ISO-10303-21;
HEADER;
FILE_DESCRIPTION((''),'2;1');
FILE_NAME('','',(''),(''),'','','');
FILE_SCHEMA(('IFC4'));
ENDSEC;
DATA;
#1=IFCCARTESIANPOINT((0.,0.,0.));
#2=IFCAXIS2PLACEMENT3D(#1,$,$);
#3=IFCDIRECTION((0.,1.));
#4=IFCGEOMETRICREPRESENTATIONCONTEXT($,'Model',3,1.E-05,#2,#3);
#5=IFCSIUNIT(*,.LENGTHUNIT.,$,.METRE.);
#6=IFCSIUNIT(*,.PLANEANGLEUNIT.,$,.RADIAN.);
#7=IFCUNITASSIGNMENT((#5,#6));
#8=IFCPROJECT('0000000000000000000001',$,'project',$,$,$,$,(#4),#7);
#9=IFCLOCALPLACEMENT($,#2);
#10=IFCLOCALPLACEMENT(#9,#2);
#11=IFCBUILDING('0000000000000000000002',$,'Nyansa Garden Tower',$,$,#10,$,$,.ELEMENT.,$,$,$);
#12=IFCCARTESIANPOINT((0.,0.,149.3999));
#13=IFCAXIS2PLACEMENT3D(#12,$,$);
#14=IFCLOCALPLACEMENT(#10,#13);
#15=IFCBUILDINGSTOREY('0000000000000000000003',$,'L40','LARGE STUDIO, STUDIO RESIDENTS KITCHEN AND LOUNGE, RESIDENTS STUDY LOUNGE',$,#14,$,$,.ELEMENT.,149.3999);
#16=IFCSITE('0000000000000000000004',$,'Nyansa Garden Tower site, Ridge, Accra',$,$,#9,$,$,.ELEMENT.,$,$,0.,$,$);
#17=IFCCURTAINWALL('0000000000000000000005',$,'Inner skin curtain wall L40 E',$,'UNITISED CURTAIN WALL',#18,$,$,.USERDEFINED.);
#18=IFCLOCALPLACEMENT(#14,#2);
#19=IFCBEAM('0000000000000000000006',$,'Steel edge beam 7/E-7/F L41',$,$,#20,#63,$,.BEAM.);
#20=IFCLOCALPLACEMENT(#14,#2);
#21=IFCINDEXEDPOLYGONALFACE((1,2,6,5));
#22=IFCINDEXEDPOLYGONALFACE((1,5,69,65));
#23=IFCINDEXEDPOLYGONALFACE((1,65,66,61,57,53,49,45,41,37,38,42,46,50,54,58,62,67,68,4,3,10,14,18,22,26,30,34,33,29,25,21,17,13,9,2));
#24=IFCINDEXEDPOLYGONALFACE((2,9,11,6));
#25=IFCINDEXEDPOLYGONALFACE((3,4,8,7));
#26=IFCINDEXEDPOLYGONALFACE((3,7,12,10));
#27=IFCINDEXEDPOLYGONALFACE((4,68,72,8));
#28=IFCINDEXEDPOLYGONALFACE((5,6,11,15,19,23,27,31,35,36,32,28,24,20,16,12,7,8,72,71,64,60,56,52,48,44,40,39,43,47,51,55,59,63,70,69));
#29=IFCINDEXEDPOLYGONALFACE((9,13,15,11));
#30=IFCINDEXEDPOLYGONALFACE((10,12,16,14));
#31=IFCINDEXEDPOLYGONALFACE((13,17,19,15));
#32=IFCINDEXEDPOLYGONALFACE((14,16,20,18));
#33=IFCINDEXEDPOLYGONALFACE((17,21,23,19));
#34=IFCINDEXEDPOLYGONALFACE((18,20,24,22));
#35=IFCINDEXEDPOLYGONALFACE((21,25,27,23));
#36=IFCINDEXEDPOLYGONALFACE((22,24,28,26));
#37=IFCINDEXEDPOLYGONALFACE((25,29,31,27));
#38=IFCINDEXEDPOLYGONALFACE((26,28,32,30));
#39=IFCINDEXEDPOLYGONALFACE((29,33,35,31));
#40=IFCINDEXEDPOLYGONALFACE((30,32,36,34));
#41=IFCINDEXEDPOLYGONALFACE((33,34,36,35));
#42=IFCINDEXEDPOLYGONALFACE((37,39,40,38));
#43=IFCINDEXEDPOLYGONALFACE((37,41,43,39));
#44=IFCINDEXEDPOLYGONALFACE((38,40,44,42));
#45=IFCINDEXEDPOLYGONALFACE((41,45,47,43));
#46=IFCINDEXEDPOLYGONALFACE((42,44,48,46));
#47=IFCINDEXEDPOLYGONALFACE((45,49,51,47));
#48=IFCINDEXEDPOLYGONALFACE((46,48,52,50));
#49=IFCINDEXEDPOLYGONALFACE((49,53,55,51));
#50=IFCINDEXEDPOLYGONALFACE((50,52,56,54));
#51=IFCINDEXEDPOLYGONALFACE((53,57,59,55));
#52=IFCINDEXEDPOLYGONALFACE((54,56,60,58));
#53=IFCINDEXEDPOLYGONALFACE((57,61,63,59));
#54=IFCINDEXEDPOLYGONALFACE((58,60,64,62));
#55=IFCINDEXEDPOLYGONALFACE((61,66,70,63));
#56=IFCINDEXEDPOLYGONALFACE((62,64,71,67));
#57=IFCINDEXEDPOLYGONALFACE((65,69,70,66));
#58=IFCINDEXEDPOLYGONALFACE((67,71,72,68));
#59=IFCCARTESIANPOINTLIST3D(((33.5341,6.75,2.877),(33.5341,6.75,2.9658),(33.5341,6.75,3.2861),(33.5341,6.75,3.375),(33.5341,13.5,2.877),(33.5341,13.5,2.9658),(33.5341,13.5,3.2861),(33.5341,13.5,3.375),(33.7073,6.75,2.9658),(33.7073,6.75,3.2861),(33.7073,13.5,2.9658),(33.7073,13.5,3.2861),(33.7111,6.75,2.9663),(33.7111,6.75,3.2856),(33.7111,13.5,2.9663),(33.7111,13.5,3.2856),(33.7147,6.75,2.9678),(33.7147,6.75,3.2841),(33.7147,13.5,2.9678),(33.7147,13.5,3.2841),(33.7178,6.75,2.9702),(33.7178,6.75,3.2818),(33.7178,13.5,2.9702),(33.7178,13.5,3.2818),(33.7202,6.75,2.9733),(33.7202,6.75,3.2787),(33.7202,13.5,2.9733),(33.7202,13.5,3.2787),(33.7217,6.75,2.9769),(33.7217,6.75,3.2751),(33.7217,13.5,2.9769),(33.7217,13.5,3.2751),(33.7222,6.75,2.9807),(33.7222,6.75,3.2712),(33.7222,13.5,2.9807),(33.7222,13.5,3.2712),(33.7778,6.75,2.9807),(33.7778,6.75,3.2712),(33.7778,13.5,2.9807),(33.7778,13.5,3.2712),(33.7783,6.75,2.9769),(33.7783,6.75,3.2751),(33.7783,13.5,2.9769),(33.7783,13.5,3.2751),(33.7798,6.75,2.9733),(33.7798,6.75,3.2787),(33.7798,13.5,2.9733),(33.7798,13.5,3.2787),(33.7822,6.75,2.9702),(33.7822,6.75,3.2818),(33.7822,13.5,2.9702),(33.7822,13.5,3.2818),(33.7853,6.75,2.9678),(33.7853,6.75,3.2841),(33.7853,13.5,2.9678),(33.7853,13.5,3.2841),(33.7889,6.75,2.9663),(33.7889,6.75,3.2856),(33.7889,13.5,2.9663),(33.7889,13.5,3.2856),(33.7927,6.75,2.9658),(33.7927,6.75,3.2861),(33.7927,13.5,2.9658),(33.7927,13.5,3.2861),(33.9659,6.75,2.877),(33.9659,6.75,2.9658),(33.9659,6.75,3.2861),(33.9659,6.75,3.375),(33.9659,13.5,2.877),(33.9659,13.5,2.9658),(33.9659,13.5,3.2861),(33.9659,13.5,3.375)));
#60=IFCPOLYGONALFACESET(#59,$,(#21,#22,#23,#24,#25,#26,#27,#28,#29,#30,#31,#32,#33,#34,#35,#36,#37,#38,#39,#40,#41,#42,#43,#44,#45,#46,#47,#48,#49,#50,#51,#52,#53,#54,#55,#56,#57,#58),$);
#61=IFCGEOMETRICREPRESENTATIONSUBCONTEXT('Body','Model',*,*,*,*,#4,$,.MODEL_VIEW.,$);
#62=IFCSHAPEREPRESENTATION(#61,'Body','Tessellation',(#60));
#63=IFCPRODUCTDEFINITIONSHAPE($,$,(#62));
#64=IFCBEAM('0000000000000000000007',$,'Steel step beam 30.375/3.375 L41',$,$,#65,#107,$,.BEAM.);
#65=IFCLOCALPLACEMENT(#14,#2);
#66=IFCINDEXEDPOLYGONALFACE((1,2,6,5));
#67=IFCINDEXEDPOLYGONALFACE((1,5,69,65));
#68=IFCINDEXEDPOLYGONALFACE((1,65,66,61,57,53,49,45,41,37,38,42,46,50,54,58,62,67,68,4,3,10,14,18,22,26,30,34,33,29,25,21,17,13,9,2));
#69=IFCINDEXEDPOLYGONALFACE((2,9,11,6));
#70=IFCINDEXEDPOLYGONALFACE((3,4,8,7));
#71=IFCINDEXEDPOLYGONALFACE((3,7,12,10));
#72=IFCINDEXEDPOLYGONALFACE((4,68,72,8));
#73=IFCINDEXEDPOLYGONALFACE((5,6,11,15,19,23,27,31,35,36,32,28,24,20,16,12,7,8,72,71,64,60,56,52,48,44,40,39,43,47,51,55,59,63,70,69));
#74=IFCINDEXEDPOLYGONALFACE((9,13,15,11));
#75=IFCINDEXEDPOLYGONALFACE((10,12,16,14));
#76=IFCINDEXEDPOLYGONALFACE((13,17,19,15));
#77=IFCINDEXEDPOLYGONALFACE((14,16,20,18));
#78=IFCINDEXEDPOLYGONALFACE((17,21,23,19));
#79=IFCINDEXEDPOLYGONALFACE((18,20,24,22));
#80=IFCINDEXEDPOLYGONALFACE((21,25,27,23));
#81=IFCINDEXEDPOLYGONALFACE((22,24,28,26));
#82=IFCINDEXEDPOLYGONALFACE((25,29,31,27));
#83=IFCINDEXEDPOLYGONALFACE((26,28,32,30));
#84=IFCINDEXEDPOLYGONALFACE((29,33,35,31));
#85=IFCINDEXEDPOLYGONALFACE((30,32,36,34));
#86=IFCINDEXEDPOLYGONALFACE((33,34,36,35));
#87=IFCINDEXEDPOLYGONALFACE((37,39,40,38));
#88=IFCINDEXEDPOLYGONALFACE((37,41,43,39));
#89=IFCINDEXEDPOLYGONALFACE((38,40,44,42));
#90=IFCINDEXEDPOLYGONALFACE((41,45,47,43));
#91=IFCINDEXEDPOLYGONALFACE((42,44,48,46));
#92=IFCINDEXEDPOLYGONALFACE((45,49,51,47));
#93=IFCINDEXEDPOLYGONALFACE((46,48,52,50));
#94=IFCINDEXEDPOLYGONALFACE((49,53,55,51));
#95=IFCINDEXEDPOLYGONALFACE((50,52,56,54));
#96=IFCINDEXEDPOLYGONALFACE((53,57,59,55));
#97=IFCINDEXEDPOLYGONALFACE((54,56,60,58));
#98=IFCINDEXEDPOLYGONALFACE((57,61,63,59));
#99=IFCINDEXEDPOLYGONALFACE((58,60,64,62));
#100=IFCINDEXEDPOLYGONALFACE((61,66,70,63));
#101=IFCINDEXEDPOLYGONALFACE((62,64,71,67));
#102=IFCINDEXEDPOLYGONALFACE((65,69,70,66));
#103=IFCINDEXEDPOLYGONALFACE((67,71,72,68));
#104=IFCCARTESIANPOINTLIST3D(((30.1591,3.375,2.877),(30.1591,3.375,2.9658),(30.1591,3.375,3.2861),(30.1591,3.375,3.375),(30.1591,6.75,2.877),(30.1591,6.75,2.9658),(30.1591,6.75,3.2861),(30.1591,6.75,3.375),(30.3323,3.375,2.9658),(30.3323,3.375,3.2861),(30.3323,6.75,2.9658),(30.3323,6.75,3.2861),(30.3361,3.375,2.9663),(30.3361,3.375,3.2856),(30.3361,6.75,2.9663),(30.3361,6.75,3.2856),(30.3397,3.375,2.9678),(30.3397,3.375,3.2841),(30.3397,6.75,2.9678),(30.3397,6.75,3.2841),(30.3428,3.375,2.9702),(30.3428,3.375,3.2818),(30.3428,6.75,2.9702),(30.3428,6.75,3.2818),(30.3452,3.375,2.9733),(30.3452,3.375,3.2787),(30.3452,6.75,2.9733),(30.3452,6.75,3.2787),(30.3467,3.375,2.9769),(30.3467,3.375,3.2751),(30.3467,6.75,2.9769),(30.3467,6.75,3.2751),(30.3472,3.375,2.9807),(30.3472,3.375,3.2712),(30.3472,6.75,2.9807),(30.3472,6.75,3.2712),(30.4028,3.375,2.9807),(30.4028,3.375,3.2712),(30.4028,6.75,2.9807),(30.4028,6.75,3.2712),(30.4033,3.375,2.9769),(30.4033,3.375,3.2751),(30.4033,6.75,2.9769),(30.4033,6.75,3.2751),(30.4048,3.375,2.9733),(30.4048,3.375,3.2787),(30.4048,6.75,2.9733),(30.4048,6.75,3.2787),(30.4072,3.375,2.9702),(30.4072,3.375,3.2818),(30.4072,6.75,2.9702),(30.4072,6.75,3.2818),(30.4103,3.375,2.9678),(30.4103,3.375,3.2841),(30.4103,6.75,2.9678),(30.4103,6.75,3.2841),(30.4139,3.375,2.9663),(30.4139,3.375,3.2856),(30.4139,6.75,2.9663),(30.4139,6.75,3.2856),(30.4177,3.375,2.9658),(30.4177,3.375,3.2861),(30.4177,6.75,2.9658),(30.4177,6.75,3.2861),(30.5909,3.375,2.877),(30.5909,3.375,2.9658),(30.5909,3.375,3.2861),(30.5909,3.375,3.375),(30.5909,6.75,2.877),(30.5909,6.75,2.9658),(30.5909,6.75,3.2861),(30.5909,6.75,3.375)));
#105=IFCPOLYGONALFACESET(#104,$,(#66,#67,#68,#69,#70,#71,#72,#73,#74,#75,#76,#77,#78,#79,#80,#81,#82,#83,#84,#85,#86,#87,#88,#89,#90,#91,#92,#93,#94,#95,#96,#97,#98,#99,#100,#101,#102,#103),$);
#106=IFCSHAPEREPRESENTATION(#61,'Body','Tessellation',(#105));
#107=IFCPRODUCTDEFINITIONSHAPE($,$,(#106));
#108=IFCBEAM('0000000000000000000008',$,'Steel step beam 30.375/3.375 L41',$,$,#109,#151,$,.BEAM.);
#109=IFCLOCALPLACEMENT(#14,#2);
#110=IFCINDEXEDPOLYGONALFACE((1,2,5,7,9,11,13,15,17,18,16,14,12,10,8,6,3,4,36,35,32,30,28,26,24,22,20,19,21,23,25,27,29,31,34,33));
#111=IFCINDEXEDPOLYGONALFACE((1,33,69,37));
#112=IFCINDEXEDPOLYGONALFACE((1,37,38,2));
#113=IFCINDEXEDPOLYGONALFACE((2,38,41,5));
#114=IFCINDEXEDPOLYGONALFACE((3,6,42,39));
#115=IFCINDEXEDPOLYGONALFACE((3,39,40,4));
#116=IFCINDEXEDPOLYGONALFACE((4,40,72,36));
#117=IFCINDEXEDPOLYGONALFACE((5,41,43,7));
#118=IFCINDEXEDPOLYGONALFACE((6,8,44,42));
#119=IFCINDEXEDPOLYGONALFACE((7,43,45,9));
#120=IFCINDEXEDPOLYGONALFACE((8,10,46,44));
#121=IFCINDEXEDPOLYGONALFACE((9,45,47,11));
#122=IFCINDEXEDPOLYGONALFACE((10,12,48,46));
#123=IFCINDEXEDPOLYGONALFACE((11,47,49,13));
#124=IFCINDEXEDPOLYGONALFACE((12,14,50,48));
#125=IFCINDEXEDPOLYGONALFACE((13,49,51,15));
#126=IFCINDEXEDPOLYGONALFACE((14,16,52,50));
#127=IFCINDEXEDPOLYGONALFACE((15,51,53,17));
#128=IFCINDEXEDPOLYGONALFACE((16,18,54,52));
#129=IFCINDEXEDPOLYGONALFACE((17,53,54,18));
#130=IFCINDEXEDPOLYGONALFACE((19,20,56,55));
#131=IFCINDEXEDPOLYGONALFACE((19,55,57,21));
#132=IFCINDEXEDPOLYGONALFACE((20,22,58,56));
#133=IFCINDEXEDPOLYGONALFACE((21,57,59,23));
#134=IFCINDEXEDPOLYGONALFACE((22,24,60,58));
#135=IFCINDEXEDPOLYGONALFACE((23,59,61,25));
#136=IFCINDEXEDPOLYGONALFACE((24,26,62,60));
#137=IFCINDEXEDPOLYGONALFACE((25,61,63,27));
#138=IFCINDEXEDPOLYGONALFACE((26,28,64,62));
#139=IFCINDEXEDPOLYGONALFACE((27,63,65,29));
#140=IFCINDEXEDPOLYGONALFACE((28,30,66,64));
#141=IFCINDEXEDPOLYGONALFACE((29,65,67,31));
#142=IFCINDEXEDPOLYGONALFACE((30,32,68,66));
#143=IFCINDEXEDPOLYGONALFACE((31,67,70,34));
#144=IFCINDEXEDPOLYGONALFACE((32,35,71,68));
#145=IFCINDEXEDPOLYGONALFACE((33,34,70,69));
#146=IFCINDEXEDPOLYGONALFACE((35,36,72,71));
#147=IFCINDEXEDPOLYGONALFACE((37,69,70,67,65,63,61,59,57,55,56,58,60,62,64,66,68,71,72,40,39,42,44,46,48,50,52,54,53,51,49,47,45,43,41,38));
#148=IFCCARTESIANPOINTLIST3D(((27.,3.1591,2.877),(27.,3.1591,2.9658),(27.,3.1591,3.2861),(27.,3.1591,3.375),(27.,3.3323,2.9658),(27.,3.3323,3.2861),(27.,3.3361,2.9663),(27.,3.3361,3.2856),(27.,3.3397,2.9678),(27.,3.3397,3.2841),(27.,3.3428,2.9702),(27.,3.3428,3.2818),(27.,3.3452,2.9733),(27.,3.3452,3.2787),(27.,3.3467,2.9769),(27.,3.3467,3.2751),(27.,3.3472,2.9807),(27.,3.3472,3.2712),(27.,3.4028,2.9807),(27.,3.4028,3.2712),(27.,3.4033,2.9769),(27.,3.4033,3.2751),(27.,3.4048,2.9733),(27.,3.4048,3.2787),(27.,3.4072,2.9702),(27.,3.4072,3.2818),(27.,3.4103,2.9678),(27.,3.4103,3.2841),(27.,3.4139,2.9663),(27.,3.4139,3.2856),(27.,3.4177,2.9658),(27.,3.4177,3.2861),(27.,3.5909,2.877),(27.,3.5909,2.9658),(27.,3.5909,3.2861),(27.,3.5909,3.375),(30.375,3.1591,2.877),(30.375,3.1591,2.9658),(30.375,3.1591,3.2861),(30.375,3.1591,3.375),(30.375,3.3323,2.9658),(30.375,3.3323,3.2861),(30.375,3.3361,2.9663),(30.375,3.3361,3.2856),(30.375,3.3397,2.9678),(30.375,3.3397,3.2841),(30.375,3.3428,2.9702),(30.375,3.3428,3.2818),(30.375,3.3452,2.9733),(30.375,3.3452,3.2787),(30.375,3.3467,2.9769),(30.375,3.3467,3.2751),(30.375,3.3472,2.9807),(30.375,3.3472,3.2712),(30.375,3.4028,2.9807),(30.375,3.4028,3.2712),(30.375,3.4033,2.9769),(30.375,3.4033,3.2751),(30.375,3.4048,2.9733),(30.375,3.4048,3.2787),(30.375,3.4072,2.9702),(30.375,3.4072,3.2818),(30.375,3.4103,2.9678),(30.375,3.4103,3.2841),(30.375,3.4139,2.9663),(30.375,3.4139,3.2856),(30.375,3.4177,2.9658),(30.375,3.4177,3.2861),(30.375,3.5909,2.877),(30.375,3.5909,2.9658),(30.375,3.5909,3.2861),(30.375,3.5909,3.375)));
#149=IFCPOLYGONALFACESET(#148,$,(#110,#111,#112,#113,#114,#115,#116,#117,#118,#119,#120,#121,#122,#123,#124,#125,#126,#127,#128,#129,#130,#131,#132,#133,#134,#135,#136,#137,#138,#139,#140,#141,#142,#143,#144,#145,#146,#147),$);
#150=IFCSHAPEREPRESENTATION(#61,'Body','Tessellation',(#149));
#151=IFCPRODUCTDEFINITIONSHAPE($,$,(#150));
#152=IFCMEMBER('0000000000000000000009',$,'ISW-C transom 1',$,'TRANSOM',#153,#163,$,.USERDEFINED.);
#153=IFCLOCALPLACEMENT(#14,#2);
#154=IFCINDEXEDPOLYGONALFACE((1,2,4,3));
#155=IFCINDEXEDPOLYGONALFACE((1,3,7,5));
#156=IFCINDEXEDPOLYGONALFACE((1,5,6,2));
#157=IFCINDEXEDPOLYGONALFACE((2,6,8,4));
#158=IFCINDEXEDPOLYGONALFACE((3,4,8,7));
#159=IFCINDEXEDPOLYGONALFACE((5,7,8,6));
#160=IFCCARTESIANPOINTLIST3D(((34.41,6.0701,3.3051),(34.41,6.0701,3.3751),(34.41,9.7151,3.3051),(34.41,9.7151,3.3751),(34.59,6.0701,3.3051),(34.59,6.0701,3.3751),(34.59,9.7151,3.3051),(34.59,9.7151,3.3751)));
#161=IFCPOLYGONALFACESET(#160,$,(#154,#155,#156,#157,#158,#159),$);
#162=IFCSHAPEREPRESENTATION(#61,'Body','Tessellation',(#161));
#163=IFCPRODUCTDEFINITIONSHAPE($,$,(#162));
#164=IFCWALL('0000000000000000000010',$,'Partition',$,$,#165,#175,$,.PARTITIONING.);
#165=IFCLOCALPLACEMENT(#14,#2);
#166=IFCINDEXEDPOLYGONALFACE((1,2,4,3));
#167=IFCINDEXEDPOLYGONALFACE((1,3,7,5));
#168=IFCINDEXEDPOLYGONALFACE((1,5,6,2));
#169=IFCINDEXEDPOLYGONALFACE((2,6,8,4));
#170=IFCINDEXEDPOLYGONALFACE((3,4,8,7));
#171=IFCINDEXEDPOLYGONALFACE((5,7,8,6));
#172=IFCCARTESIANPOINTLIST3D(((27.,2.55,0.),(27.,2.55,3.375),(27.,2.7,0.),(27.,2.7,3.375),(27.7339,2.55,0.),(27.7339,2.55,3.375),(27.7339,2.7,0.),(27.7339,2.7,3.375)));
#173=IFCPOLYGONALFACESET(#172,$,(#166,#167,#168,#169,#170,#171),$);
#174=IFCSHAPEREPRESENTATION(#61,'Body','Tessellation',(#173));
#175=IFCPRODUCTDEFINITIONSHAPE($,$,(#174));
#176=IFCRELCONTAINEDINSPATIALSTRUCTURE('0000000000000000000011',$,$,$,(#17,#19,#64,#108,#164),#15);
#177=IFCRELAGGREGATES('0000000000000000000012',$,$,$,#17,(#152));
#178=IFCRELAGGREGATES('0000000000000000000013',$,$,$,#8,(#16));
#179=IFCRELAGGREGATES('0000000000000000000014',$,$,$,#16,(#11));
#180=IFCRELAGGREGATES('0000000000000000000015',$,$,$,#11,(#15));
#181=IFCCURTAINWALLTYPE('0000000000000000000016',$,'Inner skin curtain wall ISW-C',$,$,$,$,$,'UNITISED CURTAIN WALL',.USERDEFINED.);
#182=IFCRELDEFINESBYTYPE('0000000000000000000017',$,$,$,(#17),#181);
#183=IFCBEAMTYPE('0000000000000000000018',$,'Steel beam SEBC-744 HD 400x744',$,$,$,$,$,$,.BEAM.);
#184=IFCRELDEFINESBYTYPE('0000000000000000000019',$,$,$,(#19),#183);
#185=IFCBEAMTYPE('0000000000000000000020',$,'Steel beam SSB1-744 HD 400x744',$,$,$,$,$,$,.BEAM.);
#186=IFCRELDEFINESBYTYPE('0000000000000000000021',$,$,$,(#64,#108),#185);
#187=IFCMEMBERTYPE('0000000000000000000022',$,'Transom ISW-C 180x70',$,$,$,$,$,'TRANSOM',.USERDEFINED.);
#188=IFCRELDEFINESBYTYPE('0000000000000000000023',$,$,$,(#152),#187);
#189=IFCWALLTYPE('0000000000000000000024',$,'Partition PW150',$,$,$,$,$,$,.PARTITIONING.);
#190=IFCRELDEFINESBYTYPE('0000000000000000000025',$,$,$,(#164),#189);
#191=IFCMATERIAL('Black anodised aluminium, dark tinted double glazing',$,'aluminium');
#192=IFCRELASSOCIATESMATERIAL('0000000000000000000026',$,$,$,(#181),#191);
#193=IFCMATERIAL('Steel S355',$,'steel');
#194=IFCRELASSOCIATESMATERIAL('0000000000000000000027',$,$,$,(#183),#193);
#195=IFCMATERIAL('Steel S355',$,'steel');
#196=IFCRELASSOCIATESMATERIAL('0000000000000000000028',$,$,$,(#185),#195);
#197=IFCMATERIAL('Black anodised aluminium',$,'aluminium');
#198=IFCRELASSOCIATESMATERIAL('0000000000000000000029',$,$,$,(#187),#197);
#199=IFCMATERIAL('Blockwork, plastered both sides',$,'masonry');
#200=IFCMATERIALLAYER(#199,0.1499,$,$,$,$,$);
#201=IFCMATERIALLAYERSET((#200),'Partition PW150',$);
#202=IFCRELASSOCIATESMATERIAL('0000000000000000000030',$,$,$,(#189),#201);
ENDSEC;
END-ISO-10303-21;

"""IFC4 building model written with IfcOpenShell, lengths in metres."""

from ifc_helpers import new_model, si_unit, direction, frame, frame_2d, origin, origin_2d, place, context, subcontext, project, spatial, rectangle, i_section, extrude, material, layer, layer_set, material_profile, profile_set, type_object, element, aggregate, save


model = new_model("IFC4")

# Units and contexts
model_context = context("Model", 3, precision=1e-05, world=origin(), true_north=direction((0.0, 1.0)))
body_context = subcontext(model_context, "Body", "Model", "MODEL_VIEW")
ifc_project = project(units=[si_unit("LENGTHUNIT", "METRE"), si_unit("PLANEANGLEUNIT", "RADIAN")], contexts=[model_context])

# Site, building, storey
site_placement = place(None, origin())
site = spatial("IfcSite", under=ifc_project, at=site_placement, Name="Nyansa Garden Tower site, Ridge, Accra", CompositionType="ELEMENT", RefElevation=0.0)
building_placement = place(site_placement, origin())
building = spatial("IfcBuilding", under=site, at=building_placement, Name="Nyansa Garden Tower", CompositionType="ELEMENT")
storey_placement = place(building_placement, frame((0.0, 0.0, 149.3999)))
storey = spatial("IfcBuildingStorey", under=building, at=storey_placement, Name="L40", Description="LARGE STUDIO, STUDIO RESIDENTS KITCHEN AND LOUNGE, RESIDENTS STUDY LOUNGE", CompositionType="ELEMENT", Elevation=149.3999)

# Curtain wall
ifc_material_1 = material(Name="Black anodised aluminium, dark tinted double glazing", Category="aluminium")
curtain_wall_type = type_object("IfcCurtainWallType", Name="Inner skin curtain wall ISW-C", ElementType="UNITISED CURTAIN WALL", PredefinedType="USERDEFINED", material=ifc_material_1)
curtain_wall_1_placement = place(storey_placement, origin())
curtain_wall_1 = element("IfcCurtainWall", 1, at=curtain_wall_1_placement, inside=storey, type_object=curtain_wall_type, Name="Inner skin curtain wall L40 E", ObjectType="UNITISED CURTAIN WALL", PredefinedType="USERDEFINED")

# Beams
ifc_material_2 = material(Name="Steel S355", Category="steel")
ifc_material_profile_1 = material_profile(ifc_material_2, i_section(OverallWidth=0.4319, OverallDepth=0.498, WebThickness=0.0557, FlangeThickness=0.0889, FilletRadius=0.0149, at=origin_2d()), Name="HD 400x744")
ifc_profile_set_1 = profile_set([ifc_material_profile_1], Name="Steel S355")
beam_type_1 = type_object("IfcBeamType", Name="Steel beam SEBC-744 HD 400x744", PredefinedType="BEAM", material=ifc_profile_set_1)
beam_1_placement = place(storey_placement, frame((33.75, 6.75, 3.126), z_axis=(0.0, 1.0, 0.0), x_axis=(-1.0, 0.0, 0.0)))
element("IfcBeam", 2, at=beam_1_placement, inside=storey, type_object=beam_type_1, Name="Steel edge beam 7/E-7/F L41", PredefinedType="BEAM", context=body_context, shape_type="SweptSolid", body=[
    extrude(i_section(OverallWidth=0.4319, OverallDepth=0.498, WebThickness=0.0557, FlangeThickness=0.0889, FilletRadius=0.0149, at=origin_2d()), origin(), (0.0, 0.0, 1.0), 6.75),
])
ifc_material_3 = material(Name="Steel S355", Category="steel")
ifc_material_profile_2 = material_profile(ifc_material_3, i_section(OverallWidth=0.4319, OverallDepth=0.498, WebThickness=0.0557, FlangeThickness=0.0889, FilletRadius=0.0149, at=origin_2d()), Name="HD 400x744")
ifc_profile_set_2 = profile_set([ifc_material_profile_2], Name="Steel S355")
beam_type_2 = type_object("IfcBeamType", Name="Steel beam SSB1-744 HD 400x744", PredefinedType="BEAM", material=ifc_profile_set_2)
for number, where, z_axis, x_axis, name in (
    (3, (30.375, 3.375, 3.126), (0.0, 1.0, 0.0), (-1.0, 0.0, 0.0), "Steel step beam 30.375/3.375 L41"),
    (4, (30.375, 3.375, 3.126), (-1.0, 0.0, 0.0), (0.0, -1.0, 0.0), "Steel step beam 30.375/3.375 L41"),
):
    element("IfcBeam", number, at=place(storey_placement, frame(where, z_axis=z_axis, x_axis=x_axis)), inside=storey, type_object=beam_type_2, Name=name, PredefinedType="BEAM", context=body_context, shape_type="SweptSolid", body=[
        extrude(i_section(OverallWidth=0.4319, OverallDepth=0.498, WebThickness=0.0557, FlangeThickness=0.0889, FilletRadius=0.0149, at=origin_2d()), origin(), (0.0, 0.0, 1.0), 3.375),
    ])

# Member
ifc_material_4 = material(Name="Black anodised aluminium", Category="aluminium")
ifc_material_profile_3 = material_profile(ifc_material_4, rectangle(XDim=0.1799, YDim=0.0701, at=origin_2d()), Name="Transom 180x70")
ifc_profile_set_3 = profile_set([ifc_material_profile_3], Name="Black anodised aluminium")
member_type_1 = type_object("IfcMemberType", Name="Transom ISW-C 180x70", ElementType="TRANSOM", PredefinedType="USERDEFINED", material=ifc_profile_set_3)
member_1_placement = place(storey_placement, frame((34.5, 6.0701, 3.3401), z_axis=(0.0, 1.0, 0.0), x_axis=(-1.0, 0.0, 0.0)))
member_1 = element("IfcMember", 5, at=member_1_placement, type_object=member_type_1, Name="ISW-C transom 1", ObjectType="TRANSOM", PredefinedType="USERDEFINED", context=body_context, shape_type="SweptSolid", body=[
    extrude(rectangle(XDim=0.1799, YDim=0.0701, at=origin_2d()), origin(), (0.0, 0.0, 1.0), 3.645),
])
aggregate(curtain_wall_1, [member_1])

# Wall
ifc_material_5 = material(Name="Blockwork, plastered both sides", Category="masonry")
ifc_layer_1 = layer(ifc_material_5, 0.1499)
ifc_layer_set_1 = layer_set([ifc_layer_1], Name="Partition PW150")
wall_type_1 = type_object("IfcWallType", Name="Partition PW150", PredefinedType="PARTITIONING", material=ifc_layer_set_1)
wall_1_placement = place(storey_placement, frame((27.0, 2.625, 0.0), z_axis=(0.0, 0.0, 1.0), x_axis=(1.0, 0.0, 0.0)))
element("IfcWall", 6, at=wall_1_placement, inside=storey, type_object=wall_type_1, Name="Partition", PredefinedType="PARTITIONING", context=body_context, shape_type="SweptSolid", body=[
    extrude(rectangle(XDim=0.7339, YDim=0.1499, at=frame_2d((0.3669, 0.0))), origin(), (0.0, 0.0, 1.0), 3.375),
])

save(model, "model.ifc")
